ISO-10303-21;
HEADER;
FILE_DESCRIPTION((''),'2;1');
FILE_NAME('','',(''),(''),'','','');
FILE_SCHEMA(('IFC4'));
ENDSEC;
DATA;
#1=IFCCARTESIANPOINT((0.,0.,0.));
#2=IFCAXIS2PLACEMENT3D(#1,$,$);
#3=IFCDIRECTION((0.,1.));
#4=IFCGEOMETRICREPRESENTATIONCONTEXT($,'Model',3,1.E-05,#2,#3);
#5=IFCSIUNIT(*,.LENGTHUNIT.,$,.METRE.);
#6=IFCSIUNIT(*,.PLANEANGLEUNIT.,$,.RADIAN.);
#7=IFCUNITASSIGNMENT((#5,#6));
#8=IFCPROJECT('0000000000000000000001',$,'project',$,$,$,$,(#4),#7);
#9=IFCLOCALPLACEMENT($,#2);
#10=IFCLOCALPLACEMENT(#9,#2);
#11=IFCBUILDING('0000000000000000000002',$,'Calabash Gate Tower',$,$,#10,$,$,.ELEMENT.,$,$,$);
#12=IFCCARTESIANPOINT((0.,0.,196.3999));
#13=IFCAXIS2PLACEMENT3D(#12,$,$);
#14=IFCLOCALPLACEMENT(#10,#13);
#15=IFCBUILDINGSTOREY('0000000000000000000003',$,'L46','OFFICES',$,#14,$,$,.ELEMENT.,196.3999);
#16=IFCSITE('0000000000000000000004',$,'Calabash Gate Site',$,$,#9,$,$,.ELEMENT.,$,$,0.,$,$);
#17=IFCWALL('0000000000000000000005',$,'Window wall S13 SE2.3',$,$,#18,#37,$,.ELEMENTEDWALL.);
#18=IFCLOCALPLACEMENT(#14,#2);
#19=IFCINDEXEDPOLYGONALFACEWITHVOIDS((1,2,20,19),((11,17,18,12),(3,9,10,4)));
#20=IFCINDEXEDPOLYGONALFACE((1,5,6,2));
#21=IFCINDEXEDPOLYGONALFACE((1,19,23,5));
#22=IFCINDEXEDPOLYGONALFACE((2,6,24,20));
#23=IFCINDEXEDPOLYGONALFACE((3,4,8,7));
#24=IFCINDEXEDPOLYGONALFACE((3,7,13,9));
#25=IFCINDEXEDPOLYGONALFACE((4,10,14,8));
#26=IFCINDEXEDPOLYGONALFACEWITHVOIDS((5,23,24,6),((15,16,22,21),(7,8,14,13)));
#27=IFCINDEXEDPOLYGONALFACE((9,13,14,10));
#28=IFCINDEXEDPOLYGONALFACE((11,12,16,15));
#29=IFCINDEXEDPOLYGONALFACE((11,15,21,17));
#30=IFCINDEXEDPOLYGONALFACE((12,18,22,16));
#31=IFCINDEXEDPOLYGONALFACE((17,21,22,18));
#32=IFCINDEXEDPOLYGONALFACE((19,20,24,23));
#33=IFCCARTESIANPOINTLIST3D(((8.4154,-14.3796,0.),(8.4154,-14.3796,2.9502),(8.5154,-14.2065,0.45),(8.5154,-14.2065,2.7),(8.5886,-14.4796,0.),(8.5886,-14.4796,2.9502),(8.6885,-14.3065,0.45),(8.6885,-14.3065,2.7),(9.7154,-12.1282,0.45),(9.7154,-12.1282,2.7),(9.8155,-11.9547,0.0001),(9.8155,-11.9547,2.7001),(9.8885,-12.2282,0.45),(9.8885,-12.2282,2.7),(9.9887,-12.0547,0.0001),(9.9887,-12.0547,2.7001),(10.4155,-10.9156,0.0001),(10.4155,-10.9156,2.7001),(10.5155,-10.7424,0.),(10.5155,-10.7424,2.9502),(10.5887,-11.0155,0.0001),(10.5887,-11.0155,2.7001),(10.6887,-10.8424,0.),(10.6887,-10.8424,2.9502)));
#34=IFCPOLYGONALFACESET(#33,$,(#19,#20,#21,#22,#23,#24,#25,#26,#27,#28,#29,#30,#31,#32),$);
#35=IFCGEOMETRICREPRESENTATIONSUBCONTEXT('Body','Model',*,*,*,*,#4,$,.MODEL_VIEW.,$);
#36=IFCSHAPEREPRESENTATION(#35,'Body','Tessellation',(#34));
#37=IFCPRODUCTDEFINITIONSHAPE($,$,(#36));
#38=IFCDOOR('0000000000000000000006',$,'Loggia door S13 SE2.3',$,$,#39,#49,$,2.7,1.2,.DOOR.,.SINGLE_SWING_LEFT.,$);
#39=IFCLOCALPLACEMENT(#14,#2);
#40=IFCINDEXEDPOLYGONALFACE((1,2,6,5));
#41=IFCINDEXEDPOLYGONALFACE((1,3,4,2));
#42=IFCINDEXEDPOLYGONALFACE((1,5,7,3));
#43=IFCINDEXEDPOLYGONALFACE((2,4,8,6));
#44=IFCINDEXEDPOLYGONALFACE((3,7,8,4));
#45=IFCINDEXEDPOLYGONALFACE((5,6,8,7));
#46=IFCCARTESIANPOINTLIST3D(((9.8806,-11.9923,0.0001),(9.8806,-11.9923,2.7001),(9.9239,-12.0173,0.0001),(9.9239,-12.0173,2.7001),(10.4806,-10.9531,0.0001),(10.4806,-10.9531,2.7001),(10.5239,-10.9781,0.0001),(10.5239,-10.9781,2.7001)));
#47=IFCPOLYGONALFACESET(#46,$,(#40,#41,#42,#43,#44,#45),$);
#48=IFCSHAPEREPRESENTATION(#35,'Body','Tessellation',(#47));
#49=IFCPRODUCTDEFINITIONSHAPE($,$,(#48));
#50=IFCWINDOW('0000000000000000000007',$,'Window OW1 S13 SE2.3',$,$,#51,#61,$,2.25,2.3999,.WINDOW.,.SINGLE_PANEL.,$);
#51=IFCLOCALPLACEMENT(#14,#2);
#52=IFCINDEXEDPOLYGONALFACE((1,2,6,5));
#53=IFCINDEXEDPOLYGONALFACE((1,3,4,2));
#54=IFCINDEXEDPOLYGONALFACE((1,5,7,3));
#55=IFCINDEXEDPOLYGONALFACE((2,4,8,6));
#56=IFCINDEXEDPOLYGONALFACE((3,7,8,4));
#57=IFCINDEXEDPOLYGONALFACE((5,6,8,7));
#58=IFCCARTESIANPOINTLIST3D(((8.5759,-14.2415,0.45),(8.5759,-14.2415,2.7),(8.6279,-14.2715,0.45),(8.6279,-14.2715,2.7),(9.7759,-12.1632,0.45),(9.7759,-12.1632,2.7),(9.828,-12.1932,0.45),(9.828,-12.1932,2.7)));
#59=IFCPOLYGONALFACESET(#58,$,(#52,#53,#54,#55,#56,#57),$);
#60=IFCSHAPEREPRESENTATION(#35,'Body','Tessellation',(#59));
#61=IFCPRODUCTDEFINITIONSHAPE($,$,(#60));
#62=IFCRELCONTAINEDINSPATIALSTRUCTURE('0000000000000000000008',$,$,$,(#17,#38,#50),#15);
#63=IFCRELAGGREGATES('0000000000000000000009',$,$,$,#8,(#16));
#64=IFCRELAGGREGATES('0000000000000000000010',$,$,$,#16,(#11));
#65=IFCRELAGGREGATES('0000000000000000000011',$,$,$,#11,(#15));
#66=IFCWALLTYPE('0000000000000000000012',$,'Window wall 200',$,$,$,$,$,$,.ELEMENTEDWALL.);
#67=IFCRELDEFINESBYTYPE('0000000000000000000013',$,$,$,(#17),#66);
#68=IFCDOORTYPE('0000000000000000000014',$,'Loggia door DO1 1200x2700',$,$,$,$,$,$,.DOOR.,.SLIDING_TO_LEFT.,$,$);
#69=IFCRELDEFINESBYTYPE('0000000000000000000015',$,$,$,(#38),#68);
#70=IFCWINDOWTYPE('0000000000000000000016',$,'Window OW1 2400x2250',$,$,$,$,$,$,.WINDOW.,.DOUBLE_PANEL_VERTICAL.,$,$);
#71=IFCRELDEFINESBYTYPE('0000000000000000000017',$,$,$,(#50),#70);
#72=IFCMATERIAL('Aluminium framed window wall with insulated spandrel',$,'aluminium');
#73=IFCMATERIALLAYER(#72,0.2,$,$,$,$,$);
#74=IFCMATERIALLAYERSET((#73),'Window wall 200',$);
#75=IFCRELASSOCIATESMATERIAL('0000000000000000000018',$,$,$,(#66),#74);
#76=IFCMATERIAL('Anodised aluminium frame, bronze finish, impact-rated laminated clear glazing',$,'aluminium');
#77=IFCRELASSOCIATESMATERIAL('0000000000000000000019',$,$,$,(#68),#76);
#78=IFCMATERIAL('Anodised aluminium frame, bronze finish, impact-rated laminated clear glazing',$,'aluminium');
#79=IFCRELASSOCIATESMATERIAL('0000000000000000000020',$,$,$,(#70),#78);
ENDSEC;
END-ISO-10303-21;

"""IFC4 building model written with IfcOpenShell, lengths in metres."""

from ifc_helpers import new_model, si_unit, direction, frame, frame_2d, origin, place, context, subcontext, project, spatial, rectangle, extrude, material, layer, layer_set, type_object, element, fill, save


model = new_model("IFC4")

# Units and contexts
model_context = context("Model", 3, precision=1e-05, world=origin(), true_north=direction((0.0, 1.0)))
body_context = subcontext(model_context, "Body", "Model", "MODEL_VIEW")
ifc_project = project(units=[si_unit("LENGTHUNIT", "METRE"), si_unit("PLANEANGLEUNIT", "RADIAN")], contexts=[model_context])

# Site, building, storey
site_placement = place(None, origin())
site = spatial("IfcSite", under=ifc_project, at=site_placement, Name="Calabash Gate Site", CompositionType="ELEMENT", RefElevation=0.0)
building_placement = place(site_placement, origin())
building = spatial("IfcBuilding", under=site, at=building_placement, Name="Calabash Gate Tower", CompositionType="ELEMENT")
storey_placement = place(building_placement, frame((0.0, 0.0, 196.3999)))
storey = spatial("IfcBuildingStorey", under=building, at=storey_placement, Name="L46", Description="OFFICES", CompositionType="ELEMENT", Elevation=196.3999)

# Shared definitions
ifc_material_1 = material(Name="Aluminium framed window wall with insulated spandrel", Category="aluminium")
ifc_layer_1 = layer(ifc_material_1, 0.2)
ifc_layer_set_1 = layer_set([ifc_layer_1], Name="Window wall 200")
wall_type_1 = type_object("IfcWallType", Name="Window wall 200", PredefinedType="ELEMENTEDWALL", material=ifc_layer_set_1)
ifc_material_2 = material(Name="Anodised aluminium frame, bronze finish, impact-rated laminated clear glazing", Category="aluminium")
door_type = type_object("IfcDoorType", Name="Loggia door DO1 1200x2700", OperationType="SLIDING_TO_LEFT", PredefinedType="DOOR", material=ifc_material_2)
ifc_material_3 = material(Name="Anodised aluminium frame, bronze finish, impact-rated laminated clear glazing", Category="aluminium")
window_type_1 = type_object("IfcWindowType", Name="Window OW1 2400x2250", PartitioningType="DOUBLE_PANEL_VERTICAL", PredefinedType="WINDOW", material=ifc_material_3)

# Wall, openings, door, window
wall_1_placement = place(storey_placement, frame((8.502, -14.4297, 0.0), z_axis=(0.0, 0.0, 1.0), x_axis=(0.500028, 0.866009, 0.0)))
wall_1 = element("IfcWall", 1, at=wall_1_placement, inside=storey, type_object=wall_type_1, Name="Window wall S13 SE2.3", PredefinedType="ELEMENTEDWALL", context=body_context, shape_type="SweptSolid", body=[
    extrude(rectangle(XDim=4.2, YDim=0.2, at=frame_2d((2.1001, 0.0))), origin(), (0.0, 0.0, 1.0), 2.9502),
])
opening_1_placement = place(wall_1_placement, frame((0.2, 0.0, 0.45)))
opening_1 = element("IfcOpeningElement", 2, at=opening_1_placement, cuts=wall_1, PredefinedType="OPENING", context=body_context, shape_type="SweptSolid", body=[
    extrude(rectangle(XDim=2.3999, YDim=2.25, at=frame_2d((1.2, 1.125))), frame((0.0, 0.1099, 0.0), z_axis=(0.0, -1.0, 0.0), x_axis=(1.0, 0.0, 0.0)), (0.0, 0.0, 1.0), 0.22),
])
opening_2_placement = place(wall_1_placement, frame((2.8, 0.0, 0.0)))
opening_2 = element("IfcOpeningElement", 3, at=opening_2_placement, cuts=wall_1, PredefinedType="OPENING", context=body_context, shape_type="SweptSolid", body=[
    extrude(rectangle(XDim=1.2, YDim=2.7, at=frame_2d((0.6001, 1.3501))), frame((0.0, 0.1099, 0.0), z_axis=(0.0, -1.0, 0.0), x_axis=(1.0, 0.0, 0.0)), (0.0, 0.0, 1.0), 0.22),
])
door_1_placement = place(opening_2_placement, origin())
door_1 = element("IfcDoor", 4, at=door_1_placement, inside=storey, type_object=door_type, Name="Loggia door S13 SE2.3", OperationType="SINGLE_SWING_LEFT", OverallHeight=2.7, OverallWidth=1.2, PredefinedType="DOOR", context=body_context, shape_type="SweptSolid", body=[
    extrude(rectangle(XDim=1.2, YDim=2.7, at=frame_2d((0.6001, 1.3501))), frame((0.0, 0.0249, 0.0), z_axis=(0.0, -1.0, 0.0), x_axis=(1.0, 0.0, 0.0)), (0.0, 0.0, 1.0), 0.05),
])
fill(opening_2, door_1)
window_1_placement = place(opening_1_placement, origin())
window_1 = element("IfcWindow", 5, at=window_1_placement, inside=storey, type_object=window_type_1, Name="Window OW1 S13 SE2.3", OverallHeight=2.25, OverallWidth=2.3999, PartitioningType="SINGLE_PANEL", PredefinedType="WINDOW", context=body_context, shape_type="SweptSolid", body=[
    extrude(rectangle(XDim=2.3999, YDim=2.25, at=frame_2d((1.2, 1.125))), frame((0.0, 0.03, 0.0), z_axis=(0.0, -1.0, 0.0), x_axis=(1.0, 0.0, 0.0)), (0.0, 0.0, 1.0), 0.0601),
])
fill(opening_1, window_1)

save(model, "model.ifc")
